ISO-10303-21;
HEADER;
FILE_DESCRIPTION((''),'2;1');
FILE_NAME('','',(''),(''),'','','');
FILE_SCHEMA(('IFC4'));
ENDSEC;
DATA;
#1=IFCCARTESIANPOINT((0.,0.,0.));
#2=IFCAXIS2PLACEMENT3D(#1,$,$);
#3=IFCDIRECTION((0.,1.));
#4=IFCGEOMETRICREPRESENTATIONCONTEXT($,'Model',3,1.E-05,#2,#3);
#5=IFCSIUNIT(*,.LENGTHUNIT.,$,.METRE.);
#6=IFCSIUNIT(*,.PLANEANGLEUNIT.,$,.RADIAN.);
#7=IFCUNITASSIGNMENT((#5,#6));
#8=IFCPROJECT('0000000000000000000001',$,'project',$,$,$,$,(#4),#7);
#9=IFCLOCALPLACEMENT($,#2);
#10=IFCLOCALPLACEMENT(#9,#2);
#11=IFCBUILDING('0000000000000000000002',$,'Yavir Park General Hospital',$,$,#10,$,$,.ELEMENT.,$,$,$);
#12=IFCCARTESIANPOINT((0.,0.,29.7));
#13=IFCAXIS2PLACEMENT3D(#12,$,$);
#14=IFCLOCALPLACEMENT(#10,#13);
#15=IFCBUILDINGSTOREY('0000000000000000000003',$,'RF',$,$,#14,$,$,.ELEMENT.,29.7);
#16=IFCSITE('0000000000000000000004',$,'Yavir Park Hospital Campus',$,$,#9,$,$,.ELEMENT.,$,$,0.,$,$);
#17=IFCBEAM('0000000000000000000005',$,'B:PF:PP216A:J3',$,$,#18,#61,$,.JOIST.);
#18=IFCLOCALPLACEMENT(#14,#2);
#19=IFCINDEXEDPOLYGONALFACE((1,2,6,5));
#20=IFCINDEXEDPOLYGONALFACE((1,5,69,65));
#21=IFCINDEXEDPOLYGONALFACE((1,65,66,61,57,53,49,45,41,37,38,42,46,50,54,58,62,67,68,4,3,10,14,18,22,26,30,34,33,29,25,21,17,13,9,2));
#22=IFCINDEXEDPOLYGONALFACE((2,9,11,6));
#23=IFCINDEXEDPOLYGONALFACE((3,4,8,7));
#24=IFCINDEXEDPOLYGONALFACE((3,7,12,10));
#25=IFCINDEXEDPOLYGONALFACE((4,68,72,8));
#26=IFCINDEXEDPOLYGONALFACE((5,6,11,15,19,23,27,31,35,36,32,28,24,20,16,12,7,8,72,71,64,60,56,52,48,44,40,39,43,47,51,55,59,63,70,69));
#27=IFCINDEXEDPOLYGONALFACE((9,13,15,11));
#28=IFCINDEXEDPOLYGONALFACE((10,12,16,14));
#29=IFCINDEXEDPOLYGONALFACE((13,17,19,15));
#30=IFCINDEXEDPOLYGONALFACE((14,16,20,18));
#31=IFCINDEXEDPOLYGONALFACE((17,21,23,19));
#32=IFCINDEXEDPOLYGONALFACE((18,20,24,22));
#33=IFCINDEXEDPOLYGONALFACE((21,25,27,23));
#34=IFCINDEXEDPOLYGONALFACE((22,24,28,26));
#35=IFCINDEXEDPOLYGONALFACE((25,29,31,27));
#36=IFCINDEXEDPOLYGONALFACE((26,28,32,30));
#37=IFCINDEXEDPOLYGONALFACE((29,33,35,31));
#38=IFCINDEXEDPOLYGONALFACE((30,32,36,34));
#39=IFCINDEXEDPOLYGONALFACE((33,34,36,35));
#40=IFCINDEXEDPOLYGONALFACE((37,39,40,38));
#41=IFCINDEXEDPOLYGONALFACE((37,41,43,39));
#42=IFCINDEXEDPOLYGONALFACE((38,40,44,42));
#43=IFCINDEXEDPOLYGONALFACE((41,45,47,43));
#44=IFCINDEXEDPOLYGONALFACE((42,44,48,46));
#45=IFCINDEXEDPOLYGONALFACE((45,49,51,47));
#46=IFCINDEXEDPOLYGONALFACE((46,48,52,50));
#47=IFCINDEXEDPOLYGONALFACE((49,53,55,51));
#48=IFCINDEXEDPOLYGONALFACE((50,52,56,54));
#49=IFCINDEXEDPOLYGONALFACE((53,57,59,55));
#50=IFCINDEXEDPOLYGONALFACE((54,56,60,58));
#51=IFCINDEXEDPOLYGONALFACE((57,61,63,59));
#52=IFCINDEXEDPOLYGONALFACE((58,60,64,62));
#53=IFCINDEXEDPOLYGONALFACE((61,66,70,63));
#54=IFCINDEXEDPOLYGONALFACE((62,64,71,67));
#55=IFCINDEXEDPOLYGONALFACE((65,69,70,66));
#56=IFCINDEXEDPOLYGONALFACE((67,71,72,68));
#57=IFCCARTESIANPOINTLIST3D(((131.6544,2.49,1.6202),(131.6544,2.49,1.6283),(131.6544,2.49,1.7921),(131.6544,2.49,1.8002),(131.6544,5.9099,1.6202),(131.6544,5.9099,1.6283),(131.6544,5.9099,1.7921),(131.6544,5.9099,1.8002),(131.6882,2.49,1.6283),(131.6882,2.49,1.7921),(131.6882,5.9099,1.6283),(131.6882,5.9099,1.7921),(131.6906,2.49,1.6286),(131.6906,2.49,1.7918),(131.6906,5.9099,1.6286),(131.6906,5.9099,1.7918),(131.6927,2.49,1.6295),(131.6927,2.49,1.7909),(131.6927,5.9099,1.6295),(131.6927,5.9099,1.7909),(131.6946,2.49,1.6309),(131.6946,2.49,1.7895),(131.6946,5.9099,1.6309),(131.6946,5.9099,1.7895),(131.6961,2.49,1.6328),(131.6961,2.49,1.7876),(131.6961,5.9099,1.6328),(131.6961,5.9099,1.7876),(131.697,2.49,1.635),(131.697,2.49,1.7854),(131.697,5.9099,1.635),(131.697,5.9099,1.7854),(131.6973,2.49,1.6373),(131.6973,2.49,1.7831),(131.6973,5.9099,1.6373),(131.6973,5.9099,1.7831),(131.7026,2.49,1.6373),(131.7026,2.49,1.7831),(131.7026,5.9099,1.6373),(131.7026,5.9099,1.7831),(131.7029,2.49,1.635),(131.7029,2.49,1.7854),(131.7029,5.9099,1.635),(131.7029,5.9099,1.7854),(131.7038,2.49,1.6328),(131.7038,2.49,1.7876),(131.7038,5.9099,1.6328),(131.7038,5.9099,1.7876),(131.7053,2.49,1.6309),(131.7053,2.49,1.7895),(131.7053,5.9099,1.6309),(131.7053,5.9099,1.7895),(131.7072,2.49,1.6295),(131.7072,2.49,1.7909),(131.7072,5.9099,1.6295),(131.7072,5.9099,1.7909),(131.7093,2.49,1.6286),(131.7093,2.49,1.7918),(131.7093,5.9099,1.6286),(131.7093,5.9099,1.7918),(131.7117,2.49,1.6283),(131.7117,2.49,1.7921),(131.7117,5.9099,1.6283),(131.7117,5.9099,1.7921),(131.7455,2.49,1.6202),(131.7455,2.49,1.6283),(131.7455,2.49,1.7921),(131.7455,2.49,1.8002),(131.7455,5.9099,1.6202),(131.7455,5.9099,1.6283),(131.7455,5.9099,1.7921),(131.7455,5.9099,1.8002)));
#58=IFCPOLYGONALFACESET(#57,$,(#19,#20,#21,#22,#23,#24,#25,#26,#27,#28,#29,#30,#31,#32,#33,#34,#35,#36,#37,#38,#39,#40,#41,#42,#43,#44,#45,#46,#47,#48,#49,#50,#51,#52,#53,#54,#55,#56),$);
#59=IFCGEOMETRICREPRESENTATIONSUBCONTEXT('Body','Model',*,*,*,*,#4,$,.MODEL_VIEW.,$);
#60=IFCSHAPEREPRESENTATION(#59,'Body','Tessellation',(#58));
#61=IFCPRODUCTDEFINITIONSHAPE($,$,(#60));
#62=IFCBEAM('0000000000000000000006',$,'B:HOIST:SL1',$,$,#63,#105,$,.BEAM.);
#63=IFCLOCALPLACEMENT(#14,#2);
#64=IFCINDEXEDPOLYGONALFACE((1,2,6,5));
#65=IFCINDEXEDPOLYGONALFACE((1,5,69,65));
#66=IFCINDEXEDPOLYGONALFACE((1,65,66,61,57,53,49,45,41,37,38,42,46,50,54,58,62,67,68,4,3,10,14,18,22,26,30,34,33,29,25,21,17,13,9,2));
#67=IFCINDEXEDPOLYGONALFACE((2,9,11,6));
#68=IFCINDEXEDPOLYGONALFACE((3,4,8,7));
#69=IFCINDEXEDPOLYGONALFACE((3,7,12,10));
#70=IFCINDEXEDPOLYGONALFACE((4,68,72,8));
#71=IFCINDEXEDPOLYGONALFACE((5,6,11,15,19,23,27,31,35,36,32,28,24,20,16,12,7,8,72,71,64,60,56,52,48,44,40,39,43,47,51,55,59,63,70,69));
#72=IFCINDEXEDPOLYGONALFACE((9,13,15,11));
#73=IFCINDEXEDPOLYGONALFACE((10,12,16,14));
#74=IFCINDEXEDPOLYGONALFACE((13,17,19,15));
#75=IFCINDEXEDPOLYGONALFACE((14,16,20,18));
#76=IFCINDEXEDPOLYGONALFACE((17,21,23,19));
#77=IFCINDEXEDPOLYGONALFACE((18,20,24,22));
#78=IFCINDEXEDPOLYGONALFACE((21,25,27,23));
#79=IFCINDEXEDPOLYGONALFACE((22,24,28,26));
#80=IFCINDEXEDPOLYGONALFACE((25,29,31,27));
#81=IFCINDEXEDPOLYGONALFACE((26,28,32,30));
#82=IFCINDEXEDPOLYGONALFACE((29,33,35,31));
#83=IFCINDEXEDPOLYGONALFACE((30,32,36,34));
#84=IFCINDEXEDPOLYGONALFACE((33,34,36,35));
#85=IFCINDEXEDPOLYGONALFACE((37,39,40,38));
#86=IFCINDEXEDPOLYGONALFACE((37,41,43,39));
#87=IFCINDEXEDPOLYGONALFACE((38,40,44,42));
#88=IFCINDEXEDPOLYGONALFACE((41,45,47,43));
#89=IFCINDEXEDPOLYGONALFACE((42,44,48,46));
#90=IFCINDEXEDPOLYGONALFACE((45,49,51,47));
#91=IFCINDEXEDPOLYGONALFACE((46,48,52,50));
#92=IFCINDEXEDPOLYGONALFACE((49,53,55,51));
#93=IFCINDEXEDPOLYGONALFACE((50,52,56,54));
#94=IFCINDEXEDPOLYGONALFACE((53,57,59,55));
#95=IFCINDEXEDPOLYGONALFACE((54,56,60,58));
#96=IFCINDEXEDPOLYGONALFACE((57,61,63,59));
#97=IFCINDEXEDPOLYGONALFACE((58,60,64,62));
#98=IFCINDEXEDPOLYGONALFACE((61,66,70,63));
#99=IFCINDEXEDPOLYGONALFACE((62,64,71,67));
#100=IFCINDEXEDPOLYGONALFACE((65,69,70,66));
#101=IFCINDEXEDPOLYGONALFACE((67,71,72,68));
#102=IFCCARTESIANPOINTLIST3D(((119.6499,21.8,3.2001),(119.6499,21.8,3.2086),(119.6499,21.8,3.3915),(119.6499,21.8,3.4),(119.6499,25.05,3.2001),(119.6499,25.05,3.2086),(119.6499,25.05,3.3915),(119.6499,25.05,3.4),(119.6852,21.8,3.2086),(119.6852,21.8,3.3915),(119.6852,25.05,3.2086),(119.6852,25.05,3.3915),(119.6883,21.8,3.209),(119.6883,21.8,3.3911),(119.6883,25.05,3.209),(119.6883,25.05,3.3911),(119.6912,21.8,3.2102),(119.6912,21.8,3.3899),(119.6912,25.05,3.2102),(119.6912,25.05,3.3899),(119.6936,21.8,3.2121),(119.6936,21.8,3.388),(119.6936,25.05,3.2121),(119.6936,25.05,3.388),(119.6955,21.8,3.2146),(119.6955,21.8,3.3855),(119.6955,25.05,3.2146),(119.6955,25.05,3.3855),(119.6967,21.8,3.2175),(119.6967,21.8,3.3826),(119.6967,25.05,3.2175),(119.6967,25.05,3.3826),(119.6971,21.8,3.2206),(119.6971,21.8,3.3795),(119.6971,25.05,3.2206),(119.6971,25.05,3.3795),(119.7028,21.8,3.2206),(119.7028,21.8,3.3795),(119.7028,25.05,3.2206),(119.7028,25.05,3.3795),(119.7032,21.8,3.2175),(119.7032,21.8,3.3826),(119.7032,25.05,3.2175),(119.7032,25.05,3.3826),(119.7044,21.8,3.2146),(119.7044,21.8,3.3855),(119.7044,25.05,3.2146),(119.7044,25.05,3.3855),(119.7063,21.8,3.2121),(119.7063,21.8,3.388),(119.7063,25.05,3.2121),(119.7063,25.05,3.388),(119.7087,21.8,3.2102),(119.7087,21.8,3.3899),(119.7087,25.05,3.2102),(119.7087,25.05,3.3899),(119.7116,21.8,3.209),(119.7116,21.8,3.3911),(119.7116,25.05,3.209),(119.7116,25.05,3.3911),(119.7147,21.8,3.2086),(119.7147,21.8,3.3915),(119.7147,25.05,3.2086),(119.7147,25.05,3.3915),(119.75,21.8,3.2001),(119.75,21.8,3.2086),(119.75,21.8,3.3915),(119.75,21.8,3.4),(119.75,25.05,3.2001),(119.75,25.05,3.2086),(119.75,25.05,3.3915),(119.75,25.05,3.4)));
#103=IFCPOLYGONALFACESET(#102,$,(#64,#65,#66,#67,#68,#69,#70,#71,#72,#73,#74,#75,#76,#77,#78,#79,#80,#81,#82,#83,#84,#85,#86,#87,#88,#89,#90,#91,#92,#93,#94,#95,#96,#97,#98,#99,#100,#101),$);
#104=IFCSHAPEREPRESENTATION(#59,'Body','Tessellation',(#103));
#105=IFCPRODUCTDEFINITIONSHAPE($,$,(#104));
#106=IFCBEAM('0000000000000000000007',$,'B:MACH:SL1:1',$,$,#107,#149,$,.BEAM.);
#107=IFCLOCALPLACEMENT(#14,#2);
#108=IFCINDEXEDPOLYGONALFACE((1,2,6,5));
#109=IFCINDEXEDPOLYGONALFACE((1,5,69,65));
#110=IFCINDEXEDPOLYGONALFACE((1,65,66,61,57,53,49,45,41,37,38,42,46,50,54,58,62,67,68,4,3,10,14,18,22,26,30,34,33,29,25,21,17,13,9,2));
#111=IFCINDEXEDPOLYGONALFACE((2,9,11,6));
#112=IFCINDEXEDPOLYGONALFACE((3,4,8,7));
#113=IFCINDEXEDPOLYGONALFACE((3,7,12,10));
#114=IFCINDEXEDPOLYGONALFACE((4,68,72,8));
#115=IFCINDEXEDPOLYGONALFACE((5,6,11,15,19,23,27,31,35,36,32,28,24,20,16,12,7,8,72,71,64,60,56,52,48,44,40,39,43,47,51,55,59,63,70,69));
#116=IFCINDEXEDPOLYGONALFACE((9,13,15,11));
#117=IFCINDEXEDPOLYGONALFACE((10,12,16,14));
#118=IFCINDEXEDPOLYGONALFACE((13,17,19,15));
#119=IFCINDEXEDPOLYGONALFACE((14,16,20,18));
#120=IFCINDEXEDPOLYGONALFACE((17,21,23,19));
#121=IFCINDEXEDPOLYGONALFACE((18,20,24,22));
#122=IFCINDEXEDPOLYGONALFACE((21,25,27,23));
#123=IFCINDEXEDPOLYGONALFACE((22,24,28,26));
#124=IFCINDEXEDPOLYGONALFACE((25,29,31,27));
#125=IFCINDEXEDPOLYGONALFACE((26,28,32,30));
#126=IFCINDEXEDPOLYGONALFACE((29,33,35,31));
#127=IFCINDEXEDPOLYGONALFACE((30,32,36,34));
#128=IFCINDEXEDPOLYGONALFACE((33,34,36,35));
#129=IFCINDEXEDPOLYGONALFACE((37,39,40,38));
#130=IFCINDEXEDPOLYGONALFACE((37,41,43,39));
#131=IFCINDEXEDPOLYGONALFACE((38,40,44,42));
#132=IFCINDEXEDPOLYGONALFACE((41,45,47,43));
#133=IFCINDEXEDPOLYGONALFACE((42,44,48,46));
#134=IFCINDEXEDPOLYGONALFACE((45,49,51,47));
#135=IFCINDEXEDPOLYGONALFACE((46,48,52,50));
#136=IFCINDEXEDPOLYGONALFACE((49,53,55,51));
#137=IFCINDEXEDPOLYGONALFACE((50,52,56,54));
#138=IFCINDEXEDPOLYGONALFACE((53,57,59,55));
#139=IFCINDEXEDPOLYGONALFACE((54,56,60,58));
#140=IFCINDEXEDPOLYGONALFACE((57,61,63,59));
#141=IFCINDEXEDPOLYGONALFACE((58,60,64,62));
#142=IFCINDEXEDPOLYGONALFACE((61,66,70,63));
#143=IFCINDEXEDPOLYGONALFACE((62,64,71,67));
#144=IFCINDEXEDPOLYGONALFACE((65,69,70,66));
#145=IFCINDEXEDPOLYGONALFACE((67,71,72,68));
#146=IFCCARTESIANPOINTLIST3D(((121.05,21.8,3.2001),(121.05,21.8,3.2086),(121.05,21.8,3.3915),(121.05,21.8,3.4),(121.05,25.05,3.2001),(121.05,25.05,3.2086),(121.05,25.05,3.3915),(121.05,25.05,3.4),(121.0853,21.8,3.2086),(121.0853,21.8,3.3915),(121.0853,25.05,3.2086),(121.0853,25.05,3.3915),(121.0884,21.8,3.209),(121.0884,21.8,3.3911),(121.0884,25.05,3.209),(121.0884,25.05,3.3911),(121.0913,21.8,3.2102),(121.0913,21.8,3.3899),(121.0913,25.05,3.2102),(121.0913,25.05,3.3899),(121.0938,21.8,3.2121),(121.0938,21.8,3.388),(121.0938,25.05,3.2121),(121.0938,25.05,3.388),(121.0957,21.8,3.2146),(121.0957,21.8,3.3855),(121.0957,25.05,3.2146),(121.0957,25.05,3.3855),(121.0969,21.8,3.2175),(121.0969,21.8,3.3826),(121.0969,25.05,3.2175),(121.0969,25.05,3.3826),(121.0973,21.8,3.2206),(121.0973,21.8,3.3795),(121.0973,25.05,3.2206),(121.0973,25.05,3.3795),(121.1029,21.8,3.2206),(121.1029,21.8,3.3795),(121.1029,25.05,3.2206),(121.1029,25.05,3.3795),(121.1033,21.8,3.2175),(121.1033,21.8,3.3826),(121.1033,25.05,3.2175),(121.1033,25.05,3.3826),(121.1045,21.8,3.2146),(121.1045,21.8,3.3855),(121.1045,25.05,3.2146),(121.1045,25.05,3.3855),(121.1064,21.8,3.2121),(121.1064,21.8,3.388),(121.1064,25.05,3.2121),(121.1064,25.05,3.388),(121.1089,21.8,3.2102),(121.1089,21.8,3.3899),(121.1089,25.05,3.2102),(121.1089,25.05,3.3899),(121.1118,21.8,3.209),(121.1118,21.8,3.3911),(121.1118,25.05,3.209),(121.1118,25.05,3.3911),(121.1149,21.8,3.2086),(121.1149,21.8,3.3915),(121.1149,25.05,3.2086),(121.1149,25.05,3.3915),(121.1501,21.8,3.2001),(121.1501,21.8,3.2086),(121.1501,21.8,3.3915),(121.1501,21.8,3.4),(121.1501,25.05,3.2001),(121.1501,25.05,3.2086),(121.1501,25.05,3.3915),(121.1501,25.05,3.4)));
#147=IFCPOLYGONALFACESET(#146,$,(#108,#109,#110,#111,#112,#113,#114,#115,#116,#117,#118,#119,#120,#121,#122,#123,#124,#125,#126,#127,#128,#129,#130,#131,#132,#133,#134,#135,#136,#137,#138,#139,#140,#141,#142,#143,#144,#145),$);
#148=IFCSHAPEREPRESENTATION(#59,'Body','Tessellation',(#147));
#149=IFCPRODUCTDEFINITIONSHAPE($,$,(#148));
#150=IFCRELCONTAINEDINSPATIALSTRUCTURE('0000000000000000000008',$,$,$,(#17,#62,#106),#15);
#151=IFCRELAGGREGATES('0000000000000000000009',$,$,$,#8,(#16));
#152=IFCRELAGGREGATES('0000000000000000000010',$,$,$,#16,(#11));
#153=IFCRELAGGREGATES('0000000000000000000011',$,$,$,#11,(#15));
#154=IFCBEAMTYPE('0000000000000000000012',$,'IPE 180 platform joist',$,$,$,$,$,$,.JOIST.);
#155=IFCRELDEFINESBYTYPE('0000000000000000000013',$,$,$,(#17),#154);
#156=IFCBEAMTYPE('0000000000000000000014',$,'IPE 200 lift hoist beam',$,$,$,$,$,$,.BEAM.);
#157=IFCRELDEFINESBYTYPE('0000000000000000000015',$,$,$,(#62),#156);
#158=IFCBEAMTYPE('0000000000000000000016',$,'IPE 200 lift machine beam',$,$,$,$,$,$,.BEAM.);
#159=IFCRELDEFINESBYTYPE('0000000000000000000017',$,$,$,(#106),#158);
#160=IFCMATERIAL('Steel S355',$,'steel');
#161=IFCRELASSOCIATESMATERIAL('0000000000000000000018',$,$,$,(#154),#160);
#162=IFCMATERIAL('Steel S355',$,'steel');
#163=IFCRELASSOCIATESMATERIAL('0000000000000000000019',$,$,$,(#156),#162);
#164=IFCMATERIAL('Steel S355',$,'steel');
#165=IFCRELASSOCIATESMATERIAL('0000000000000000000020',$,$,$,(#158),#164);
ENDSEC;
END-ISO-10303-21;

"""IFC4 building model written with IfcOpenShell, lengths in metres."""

from ifc_helpers import new_model, si_unit, direction, frame, origin, origin_2d, place, context, subcontext, project, spatial, i_section, extrude, material, material_profile, profile_set, type_object, element, save


model = new_model("IFC4")

# Units and contexts
model_context = context("Model", 3, precision=1e-05, world=origin(), true_north=direction((0.0, 1.0)))
body_context = subcontext(model_context, "Body", "Model", "MODEL_VIEW")
ifc_project = project(units=[si_unit("LENGTHUNIT", "METRE"), si_unit("PLANEANGLEUNIT", "RADIAN")], contexts=[model_context])

# Site, building, storey
site_placement = place(None, origin())
site = spatial("IfcSite", under=ifc_project, at=site_placement, Name="Yavir Park Hospital Campus", CompositionType="ELEMENT", RefElevation=0.0)
building_placement = place(site_placement, origin())
building = spatial("IfcBuilding", under=site, at=building_placement, Name="Yavir Park General Hospital", CompositionType="ELEMENT")
storey_placement = place(building_placement, frame((0.0, 0.0, 29.7)))
storey = spatial("IfcBuildingStorey", under=building, at=storey_placement, Name="RF", CompositionType="ELEMENT", Elevation=29.7)

# Beams
ifc_material_1 = material(Name="Steel S355", Category="steel")
ifc_material_profile_1 = material_profile(ifc_material_1, i_section(OverallWidth=0.0911, OverallDepth=0.1799, WebThickness=0.0054, FlangeThickness=0.0081, FilletRadius=0.009, at=origin_2d()), Name="IPE180")
ifc_profile_set_1 = profile_set([ifc_material_profile_1], Name="Steel S355")
beam_type_1 = type_object("IfcBeamType", Name="IPE 180 platform joist", PredefinedType="JOIST", material=ifc_profile_set_1)
for number, where, z_axis, x_axis, name in (
    (1, (131.7, 2.49, 1.7102), (0.0, 1.0, 0.0), (-1.0, 0.0, 0.0), "B:PF:PP216A:J3"),
):
    element("IfcBeam", number, at=place(storey_placement, frame(where, z_axis=z_axis, x_axis=x_axis)), inside=storey, type_object=beam_type_1, Name=name, PredefinedType="JOIST", context=body_context, shape_type="SweptSolid", body=[
        extrude(i_section(OverallWidth=0.0911, OverallDepth=0.1799, WebThickness=0.0054, FlangeThickness=0.0081, FilletRadius=0.009, at=origin_2d()), origin(), (0.0, 0.0, 1.0), 3.4199),
    ])
ifc_material_2 = material(Name="Steel S355", Category="steel")
ifc_material_profile_2 = material_profile(ifc_material_2, i_section(OverallWidth=0.1001, OverallDepth=0.2, WebThickness=0.0056, FlangeThickness=0.0085, FilletRadius=0.012, at=origin_2d()), Name="IPE200")
ifc_profile_set_2 = profile_set([ifc_material_profile_2], Name="Steel S355")
beam_type_2 = type_object("IfcBeamType", Name="IPE 200 lift hoist beam", PredefinedType="BEAM", material=ifc_profile_set_2)
beam_1_placement = place(storey_placement, frame((119.7, 21.8, 3.3), z_axis=(0.0, 1.0, 0.0), x_axis=(-1.0, 0.0, 0.0)))
element("IfcBeam", 2, at=beam_1_placement, inside=storey, type_object=beam_type_2, Name="B:HOIST:SL1", PredefinedType="BEAM", context=body_context, shape_type="SweptSolid", body=[
    extrude(i_section(OverallWidth=0.1001, OverallDepth=0.2, WebThickness=0.0056, FlangeThickness=0.0085, FilletRadius=0.012, at=origin_2d()), origin(), (0.0, 0.0, 1.0), 3.25),
])
ifc_material_3 = material(Name="Steel S355", Category="steel")
ifc_material_profile_3 = material_profile(ifc_material_3, i_section(OverallWidth=0.1001, OverallDepth=0.2, WebThickness=0.0056, FlangeThickness=0.0085, FilletRadius=0.012, at=origin_2d()), Name="IPE200")
ifc_profile_set_3 = profile_set([ifc_material_profile_3], Name="Steel S355")
beam_type_3 = type_object("IfcBeamType", Name="IPE 200 lift machine beam", PredefinedType="BEAM", material=ifc_profile_set_3)
beam_2_placement = place(storey_placement, frame((121.1001, 21.8, 3.3), z_axis=(0.0, 1.0, 0.0), x_axis=(-1.0, 0.0, 0.0)))
element("IfcBeam", 3, at=beam_2_placement, inside=storey, type_object=beam_type_3, Name="B:MACH:SL1:1", PredefinedType="BEAM", context=body_context, shape_type="SweptSolid", body=[
    extrude(i_section(OverallWidth=0.1001, OverallDepth=0.2, WebThickness=0.0056, FlangeThickness=0.0085, FilletRadius=0.012, at=origin_2d()), origin(), (0.0, 0.0, 1.0), 3.25),
])

save(model, "model.ifc")
